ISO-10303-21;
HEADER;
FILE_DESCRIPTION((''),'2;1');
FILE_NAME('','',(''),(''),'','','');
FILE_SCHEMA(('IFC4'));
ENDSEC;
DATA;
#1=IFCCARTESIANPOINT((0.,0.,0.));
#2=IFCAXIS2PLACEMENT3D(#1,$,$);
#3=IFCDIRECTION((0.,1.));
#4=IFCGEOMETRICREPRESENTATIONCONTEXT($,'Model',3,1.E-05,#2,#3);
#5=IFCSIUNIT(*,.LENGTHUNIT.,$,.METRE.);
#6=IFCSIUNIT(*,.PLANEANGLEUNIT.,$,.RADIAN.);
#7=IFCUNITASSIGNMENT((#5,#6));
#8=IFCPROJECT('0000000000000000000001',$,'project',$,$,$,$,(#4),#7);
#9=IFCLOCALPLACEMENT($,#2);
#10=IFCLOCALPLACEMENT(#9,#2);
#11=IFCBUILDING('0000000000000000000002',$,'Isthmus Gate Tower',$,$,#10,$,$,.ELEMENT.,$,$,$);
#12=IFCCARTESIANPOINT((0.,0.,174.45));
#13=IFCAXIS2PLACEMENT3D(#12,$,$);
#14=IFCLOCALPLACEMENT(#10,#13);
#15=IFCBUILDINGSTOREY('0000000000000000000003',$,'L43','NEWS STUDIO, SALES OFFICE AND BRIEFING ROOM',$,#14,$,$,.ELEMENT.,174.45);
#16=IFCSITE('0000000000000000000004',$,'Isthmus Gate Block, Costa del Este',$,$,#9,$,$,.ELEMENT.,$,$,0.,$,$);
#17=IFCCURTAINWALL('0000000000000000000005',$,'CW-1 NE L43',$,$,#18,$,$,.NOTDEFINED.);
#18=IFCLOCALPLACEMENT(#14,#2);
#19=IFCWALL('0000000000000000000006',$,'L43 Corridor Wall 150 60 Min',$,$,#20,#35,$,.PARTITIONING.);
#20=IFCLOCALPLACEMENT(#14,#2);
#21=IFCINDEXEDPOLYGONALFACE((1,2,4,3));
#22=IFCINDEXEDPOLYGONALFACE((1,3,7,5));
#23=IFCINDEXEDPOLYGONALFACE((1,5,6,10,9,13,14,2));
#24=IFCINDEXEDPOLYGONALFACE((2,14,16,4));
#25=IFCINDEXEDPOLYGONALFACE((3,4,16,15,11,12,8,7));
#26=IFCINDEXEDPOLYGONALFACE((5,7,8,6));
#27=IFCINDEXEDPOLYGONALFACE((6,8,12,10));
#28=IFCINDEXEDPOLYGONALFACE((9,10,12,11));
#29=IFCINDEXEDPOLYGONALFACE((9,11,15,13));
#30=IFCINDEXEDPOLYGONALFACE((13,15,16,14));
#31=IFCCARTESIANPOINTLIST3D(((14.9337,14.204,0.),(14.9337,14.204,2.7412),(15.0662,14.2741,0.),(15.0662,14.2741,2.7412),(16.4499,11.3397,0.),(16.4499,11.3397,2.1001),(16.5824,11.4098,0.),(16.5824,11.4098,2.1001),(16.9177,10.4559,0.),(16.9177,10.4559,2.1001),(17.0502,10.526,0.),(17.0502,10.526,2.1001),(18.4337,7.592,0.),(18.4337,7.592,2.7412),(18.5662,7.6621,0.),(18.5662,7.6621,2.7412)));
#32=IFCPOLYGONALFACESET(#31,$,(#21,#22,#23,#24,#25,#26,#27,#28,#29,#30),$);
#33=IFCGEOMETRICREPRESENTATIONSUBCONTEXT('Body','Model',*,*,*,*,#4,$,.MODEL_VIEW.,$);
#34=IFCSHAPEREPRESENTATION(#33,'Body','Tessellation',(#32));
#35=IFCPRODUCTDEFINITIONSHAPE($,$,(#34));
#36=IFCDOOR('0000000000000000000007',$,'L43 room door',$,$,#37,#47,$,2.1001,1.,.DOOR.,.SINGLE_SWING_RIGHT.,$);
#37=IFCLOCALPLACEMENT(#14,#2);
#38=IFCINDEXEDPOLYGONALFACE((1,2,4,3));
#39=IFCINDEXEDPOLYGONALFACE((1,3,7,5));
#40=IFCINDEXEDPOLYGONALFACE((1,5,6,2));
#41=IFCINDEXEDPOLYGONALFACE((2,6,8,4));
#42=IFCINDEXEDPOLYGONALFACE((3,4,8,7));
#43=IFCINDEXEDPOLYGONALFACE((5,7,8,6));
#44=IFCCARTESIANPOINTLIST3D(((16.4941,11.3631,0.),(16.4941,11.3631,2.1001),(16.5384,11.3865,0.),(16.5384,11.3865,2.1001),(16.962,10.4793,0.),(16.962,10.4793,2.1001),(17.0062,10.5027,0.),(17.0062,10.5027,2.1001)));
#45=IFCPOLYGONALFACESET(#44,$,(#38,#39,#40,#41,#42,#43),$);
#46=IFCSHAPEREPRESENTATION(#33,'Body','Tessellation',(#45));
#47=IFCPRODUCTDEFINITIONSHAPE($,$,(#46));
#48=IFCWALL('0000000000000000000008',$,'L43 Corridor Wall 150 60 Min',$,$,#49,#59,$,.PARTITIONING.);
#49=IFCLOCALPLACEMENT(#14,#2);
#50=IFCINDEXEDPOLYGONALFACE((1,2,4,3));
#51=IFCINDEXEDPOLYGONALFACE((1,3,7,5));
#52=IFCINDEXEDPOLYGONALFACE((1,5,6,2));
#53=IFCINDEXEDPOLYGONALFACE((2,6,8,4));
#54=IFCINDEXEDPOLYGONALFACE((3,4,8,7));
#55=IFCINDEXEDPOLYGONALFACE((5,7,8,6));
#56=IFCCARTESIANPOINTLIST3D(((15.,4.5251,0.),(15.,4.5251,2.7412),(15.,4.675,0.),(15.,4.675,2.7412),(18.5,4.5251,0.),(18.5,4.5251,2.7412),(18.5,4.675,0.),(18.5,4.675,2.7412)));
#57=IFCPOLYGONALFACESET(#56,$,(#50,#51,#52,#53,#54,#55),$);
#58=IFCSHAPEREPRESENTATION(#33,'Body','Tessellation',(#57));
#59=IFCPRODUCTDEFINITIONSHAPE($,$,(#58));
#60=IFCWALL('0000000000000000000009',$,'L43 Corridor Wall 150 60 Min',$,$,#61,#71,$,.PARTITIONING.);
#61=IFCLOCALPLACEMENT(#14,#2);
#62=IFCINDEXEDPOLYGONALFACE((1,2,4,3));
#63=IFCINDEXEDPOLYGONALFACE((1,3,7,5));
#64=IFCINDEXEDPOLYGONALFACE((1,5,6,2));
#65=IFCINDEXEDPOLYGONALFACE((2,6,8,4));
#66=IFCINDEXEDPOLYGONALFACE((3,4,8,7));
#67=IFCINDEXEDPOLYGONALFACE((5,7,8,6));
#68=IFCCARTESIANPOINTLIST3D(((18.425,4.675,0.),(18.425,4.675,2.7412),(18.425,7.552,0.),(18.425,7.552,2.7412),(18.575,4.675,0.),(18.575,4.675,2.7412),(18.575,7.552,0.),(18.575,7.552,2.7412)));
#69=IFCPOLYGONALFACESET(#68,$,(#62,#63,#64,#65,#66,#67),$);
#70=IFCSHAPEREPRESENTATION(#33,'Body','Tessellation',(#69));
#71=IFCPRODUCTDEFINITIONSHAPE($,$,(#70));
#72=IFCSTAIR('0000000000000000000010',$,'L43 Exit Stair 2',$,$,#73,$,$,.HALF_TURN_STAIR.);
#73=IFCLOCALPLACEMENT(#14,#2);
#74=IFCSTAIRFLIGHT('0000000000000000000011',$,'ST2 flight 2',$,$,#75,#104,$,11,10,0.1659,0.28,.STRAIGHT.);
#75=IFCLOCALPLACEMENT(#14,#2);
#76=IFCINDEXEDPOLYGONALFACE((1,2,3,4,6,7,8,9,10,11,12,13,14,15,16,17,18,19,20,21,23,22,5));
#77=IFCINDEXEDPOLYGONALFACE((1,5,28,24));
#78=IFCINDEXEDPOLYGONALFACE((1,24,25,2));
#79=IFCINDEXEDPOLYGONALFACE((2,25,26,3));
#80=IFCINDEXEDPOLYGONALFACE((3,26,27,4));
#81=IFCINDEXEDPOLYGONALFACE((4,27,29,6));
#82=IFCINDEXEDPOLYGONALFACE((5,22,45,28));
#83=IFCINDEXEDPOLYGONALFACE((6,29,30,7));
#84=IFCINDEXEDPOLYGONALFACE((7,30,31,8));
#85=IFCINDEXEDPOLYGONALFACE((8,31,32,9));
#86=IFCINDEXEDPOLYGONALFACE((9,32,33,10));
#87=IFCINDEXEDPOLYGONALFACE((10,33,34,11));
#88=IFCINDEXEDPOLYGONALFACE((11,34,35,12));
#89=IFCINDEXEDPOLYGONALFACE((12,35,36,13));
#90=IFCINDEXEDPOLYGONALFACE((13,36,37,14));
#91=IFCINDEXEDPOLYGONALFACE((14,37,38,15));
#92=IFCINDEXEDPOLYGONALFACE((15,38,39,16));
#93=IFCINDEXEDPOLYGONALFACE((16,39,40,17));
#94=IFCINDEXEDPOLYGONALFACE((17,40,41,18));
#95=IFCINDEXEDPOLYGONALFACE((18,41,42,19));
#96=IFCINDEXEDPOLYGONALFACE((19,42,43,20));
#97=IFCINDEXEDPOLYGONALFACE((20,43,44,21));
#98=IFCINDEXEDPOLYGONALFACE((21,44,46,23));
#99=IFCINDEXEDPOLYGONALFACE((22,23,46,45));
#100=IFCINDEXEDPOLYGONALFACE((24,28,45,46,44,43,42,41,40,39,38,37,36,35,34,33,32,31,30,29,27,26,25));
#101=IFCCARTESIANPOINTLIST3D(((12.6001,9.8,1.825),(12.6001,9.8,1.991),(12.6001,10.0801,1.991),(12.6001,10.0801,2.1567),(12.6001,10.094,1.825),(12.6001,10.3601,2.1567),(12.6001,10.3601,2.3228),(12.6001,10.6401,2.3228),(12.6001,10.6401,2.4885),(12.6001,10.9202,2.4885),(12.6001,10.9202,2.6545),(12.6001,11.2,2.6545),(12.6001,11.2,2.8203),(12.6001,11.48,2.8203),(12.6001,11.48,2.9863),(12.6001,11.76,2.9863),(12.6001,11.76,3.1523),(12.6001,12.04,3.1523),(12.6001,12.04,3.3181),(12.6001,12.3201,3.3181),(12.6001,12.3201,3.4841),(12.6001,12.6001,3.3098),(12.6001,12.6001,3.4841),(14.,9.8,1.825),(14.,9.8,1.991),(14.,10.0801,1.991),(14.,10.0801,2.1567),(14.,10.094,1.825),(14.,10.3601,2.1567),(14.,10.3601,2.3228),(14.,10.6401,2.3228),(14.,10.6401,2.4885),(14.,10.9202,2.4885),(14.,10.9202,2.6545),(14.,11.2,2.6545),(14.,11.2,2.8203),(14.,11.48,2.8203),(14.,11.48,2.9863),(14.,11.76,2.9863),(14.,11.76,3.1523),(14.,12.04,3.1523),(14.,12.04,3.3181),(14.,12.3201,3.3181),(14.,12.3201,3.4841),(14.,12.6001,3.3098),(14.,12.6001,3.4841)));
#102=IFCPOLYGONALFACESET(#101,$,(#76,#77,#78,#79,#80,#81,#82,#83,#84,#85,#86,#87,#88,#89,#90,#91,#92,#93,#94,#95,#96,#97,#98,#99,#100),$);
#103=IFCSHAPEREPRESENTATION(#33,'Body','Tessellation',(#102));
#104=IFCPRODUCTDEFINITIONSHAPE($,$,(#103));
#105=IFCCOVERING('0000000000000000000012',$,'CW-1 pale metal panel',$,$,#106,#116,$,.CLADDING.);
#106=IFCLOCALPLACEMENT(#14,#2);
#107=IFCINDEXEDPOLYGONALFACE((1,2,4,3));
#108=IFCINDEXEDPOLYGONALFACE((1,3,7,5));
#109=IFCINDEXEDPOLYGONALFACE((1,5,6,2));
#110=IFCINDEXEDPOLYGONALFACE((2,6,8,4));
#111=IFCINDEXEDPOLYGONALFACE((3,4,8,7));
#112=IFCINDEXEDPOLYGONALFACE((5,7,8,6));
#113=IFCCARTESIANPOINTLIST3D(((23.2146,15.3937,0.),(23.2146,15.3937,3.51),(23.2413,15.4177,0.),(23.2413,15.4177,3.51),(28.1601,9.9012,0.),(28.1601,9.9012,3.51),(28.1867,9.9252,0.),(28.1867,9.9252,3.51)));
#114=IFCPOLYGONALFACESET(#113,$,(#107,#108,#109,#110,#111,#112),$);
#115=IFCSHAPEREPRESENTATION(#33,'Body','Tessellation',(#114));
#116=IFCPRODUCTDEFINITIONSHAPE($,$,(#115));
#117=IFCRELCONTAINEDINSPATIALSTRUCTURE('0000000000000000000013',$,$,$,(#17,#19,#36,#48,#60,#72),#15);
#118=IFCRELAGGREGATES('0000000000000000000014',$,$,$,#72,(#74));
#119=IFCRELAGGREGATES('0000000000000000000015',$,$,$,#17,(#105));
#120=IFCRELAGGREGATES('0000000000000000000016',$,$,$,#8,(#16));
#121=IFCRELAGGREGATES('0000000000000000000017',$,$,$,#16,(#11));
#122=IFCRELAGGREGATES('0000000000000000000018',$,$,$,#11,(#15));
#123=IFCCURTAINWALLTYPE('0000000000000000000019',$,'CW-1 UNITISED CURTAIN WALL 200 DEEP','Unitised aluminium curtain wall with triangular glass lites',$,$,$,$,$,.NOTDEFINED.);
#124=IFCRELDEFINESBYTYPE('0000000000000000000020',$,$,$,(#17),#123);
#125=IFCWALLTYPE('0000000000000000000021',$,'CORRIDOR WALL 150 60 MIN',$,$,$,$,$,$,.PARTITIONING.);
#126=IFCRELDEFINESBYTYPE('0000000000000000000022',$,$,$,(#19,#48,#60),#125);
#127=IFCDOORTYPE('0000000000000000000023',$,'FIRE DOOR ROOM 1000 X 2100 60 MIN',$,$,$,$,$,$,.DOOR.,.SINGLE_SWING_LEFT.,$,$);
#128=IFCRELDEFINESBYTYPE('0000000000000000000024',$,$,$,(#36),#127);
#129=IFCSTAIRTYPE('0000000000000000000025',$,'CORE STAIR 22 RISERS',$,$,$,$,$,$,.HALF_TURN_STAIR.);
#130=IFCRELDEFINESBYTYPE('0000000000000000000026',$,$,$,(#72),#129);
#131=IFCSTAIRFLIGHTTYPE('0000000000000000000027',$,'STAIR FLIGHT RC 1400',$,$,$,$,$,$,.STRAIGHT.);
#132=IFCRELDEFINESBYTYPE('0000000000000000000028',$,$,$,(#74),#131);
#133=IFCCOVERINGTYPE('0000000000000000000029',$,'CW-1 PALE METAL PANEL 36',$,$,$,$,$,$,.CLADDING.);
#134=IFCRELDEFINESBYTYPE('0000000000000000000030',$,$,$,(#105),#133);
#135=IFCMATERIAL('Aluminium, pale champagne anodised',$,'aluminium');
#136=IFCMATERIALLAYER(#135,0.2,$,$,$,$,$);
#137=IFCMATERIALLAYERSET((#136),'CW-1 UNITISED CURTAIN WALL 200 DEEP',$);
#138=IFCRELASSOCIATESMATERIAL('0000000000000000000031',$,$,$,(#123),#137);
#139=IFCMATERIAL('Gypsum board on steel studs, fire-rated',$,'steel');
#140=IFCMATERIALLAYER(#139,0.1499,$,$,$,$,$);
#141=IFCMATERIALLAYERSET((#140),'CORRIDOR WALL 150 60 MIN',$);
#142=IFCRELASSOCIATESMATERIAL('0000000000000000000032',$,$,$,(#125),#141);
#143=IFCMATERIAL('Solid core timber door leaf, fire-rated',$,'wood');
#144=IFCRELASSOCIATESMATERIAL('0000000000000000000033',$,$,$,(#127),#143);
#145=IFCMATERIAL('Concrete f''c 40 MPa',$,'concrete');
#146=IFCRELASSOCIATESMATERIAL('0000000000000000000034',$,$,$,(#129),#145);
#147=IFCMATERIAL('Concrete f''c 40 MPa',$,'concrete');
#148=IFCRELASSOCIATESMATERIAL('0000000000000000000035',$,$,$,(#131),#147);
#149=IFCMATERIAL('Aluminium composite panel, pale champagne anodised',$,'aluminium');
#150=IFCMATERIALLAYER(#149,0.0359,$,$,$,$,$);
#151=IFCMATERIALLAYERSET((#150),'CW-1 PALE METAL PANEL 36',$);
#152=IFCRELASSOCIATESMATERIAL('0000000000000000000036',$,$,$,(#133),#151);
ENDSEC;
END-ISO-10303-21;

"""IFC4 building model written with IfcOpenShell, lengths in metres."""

from ifc_helpers import new_model, si_unit, direction, frame, frame_2d, origin, origin_2d, place, context, subcontext, project, spatial, polyline, rectangle, outline, extrude, material, layer, layer_set, type_object, element, fill, aggregate, save


model = new_model("IFC4")

# Units and contexts
model_context = context("Model", 3, precision=1e-05, world=origin(), true_north=direction((0.0, 1.0)))
body_context = subcontext(model_context, "Body", "Model", "MODEL_VIEW")
ifc_project = project(units=[si_unit("LENGTHUNIT", "METRE"), si_unit("PLANEANGLEUNIT", "RADIAN")], contexts=[model_context])

# Site, building, storey
site_placement = place(None, origin())
site = spatial("IfcSite", under=ifc_project, at=site_placement, Name="Isthmus Gate Block, Costa del Este", CompositionType="ELEMENT", RefElevation=0.0)
building_placement = place(site_placement, origin())
building = spatial("IfcBuilding", under=site, at=building_placement, Name="Isthmus Gate Tower", CompositionType="ELEMENT")
storey_placement = place(building_placement, frame((0.0, 0.0, 174.45)))
storey = spatial("IfcBuildingStorey", under=building, at=storey_placement, Name="L43", Description="NEWS STUDIO, SALES OFFICE AND BRIEFING ROOM", CompositionType="ELEMENT", Elevation=174.45)

# Curtain wall
ifc_material_1 = material(Name="Aluminium, pale champagne anodised", Category="aluminium")
ifc_layer_1 = layer(ifc_material_1, 0.2)
ifc_layer_set_1 = layer_set([ifc_layer_1], Name="CW-1 UNITISED CURTAIN WALL 200 DEEP")
curtain_wall_type = type_object("IfcCurtainWallType", Name="CW-1 UNITISED CURTAIN WALL 200 DEEP", Description="Unitised aluminium curtain wall with triangular glass lites", PredefinedType="NOTDEFINED", material=ifc_layer_set_1)
curtain_wall_placement = place(storey_placement, origin())
curtain_wall = element("IfcCurtainWall", 1, at=curtain_wall_placement, inside=storey, type_object=curtain_wall_type, Name="CW-1 NE L43", PredefinedType="NOTDEFINED")

# Wall, opening, door
ifc_material_2 = material(Name="Gypsum board on steel studs, fire-rated", Category="steel")
ifc_layer_2 = layer(ifc_material_2, 0.1499)
ifc_layer_set_2 = layer_set([ifc_layer_2], Name="CORRIDOR WALL 150 60 MIN")
wall_type_1 = type_object("IfcWallType", Name="CORRIDOR WALL 150 60 MIN", PredefinedType="PARTITIONING", material=ifc_layer_set_2)
wall_1_placement = place(storey_placement, frame((18.5, 7.627, 0.0), z_axis=(0.0, 0.0, 1.0), x_axis=(-0.467835, 0.883816, 0.0)))
wall_1 = element("IfcWall", 2, at=wall_1_placement, inside=storey, type_object=wall_type_1, Name="L43 Corridor Wall 150 60 Min", PredefinedType="PARTITIONING", context=body_context, shape_type="SweptSolid", body=[
    extrude(rectangle(XDim=7.4812, YDim=0.1499, at=frame_2d((3.7407, 0.0))), origin(), (0.0, 0.0, 1.0), 2.7412),
])
opening_placement = place(wall_1_placement, frame((3.2405, 0.0, 0.0)))
opening = element("IfcOpeningElement", 3, at=opening_placement, cuts=wall_1, PredefinedType="OPENING", context=body_context, shape_type="SweptSolid", body=[
    extrude(rectangle(XDim=1.0, YDim=2.1001, at=frame_2d((0.5, 1.05))), frame((0.0, 0.085, 0.0), z_axis=(0.0, -1.0, 0.0), x_axis=(1.0, 0.0, 0.0)), (0.0, 0.0, 1.0), 0.1699),
])
ifc_material_3 = material(Name="Solid core timber door leaf, fire-rated", Category="wood")
door_type = type_object("IfcDoorType", Name="FIRE DOOR ROOM 1000 X 2100 60 MIN", OperationType="SINGLE_SWING_LEFT", PredefinedType="DOOR", material=ifc_material_3)
door_placement = place(opening_placement, origin())
door = element("IfcDoor", 4, at=door_placement, inside=storey, type_object=door_type, Name="L43 room door", OperationType="SINGLE_SWING_RIGHT", OverallHeight=2.1001, OverallWidth=1.0, PredefinedType="DOOR", context=body_context, shape_type="SweptSolid", body=[
    extrude(rectangle(XDim=1.0, YDim=2.1001, at=frame_2d((0.5, 1.05))), frame((0.0, 0.0249, 0.0), z_axis=(0.0, -1.0, 0.0), x_axis=(1.0, 0.0, 0.0)), (0.0, 0.0, 1.0), 0.05),
])
fill(opening, door)

# Walls
wall_2_placement = place(storey_placement, frame((15.0, 4.6001, 0.0), z_axis=(0.0, 0.0, 1.0), x_axis=(1.0, 0.0, 0.0)))
element("IfcWall", 5, at=wall_2_placement, inside=storey, type_object=wall_type_1, Name="L43 Corridor Wall 150 60 Min", PredefinedType="PARTITIONING", context=body_context, shape_type="SweptSolid", body=[
    extrude(rectangle(XDim=3.5, YDim=0.1499, at=frame_2d((1.75, 0.0))), origin(), (0.0, 0.0, 1.0), 2.7412),
])
wall_3_placement = place(storey_placement, frame((18.5, 4.675, 0.0), z_axis=(0.0, 0.0, 1.0), x_axis=(0.0, 1.0, 0.0)))
element("IfcWall", 6, at=wall_3_placement, inside=storey, type_object=wall_type_1, Name="L43 Corridor Wall 150 60 Min", PredefinedType="PARTITIONING", context=body_context, shape_type="SweptSolid", body=[
    extrude(rectangle(XDim=2.877, YDim=0.1499, at=frame_2d((1.4385, 0.0))), origin(), (0.0, 0.0, 1.0), 2.7412),
])

# Stair, stair flight
ifc_material_4 = material(Name="Concrete f'c 40 MPa", Category="concrete")
stair_type = type_object("IfcStairType", Name="CORE STAIR 22 RISERS", PredefinedType="HALF_TURN_STAIR", material=ifc_material_4)
stair_placement = place(storey_placement, origin())
stair = element("IfcStair", 7, at=stair_placement, inside=storey, type_object=stair_type, Name="L43 Exit Stair 2", PredefinedType="HALF_TURN_STAIR")
ifc_material_5 = material(Name="Concrete f'c 40 MPa", Category="concrete")
stair_flight_type = type_object("IfcStairFlightType", Name="STAIR FLIGHT RC 1400", PredefinedType="STRAIGHT", material=ifc_material_5)
stair_flight_placement = place(storey_placement, frame((13.3, 9.8, 1.825), z_axis=(0.0, 0.0, 1.0), x_axis=(0.0, 1.0, 0.0)))
stair_flight = element("IfcStairFlight", 8, at=stair_flight_placement, type_object=stair_flight_type, Name="ST2 flight 2", NumberOfRisers=11, NumberOfTreads=10, PredefinedType="STRAIGHT", RiserHeight=0.1659, TreadLength=0.28, context=body_context, shape_type="SweptSolid", body=[
    extrude(outline(polyline([(0.0, 0.0), (0.0, 0.166), (0.28, 0.166), (0.28, 0.3318), (0.5601, 0.3318), (0.5601, 0.4978), (0.8401, 0.4978), (0.8401, 0.6636), (1.1201, 0.6636), (1.1201, 0.8296), (1.3999, 0.8296), (1.3999, 0.9954), (1.6799, 0.9954), (1.6799, 1.1614), (1.96, 1.1614), (1.96, 1.3274), (2.24, 1.3274), (2.24, 1.4932), (2.52, 1.4932), (2.52, 1.6592), (2.8, 1.6592), (2.8, 1.825), (2.8, 1.4849), (0.2939, 0.0), (0.0, 0.0)])), frame((0.0, 0.7, 0.0), z_axis=(0.0, -1.0, 0.0), x_axis=(1.0, 0.0, 0.0)), (0.0, 0.0, 1.0), 1.3999),
])
aggregate(stair, [stair_flight])

# Covering
ifc_material_6 = material(Name="Aluminium composite panel, pale champagne anodised", Category="aluminium")
ifc_layer_3 = layer(ifc_material_6, 0.0359)
ifc_layer_set_3 = layer_set([ifc_layer_3], Name="CW-1 PALE METAL PANEL 36")
covering_type = type_object("IfcCoveringType", Name="CW-1 PALE METAL PANEL 36", PredefinedType="CLADDING", material=ifc_layer_set_3)
covering_placement = place(storey_placement, frame((25.7007, 12.6594, 0.0), z_axis=(0.0, 0.0, 1.0), x_axis=(-0.669131, 0.743145, 0.0)))
covering = element("IfcCovering", 9, at=covering_placement, type_object=covering_type, Name="CW-1 pale metal panel", PredefinedType="CLADDING", context=body_context, shape_type="SweptSolid", body=[
    extrude(rectangle(XDim=7.3909, YDim=0.0359, at=origin_2d()), origin(), (0.0, 0.0, 1.0), 3.51),
])
aggregate(curtain_wall, [covering])

save(model, "model.ifc")
